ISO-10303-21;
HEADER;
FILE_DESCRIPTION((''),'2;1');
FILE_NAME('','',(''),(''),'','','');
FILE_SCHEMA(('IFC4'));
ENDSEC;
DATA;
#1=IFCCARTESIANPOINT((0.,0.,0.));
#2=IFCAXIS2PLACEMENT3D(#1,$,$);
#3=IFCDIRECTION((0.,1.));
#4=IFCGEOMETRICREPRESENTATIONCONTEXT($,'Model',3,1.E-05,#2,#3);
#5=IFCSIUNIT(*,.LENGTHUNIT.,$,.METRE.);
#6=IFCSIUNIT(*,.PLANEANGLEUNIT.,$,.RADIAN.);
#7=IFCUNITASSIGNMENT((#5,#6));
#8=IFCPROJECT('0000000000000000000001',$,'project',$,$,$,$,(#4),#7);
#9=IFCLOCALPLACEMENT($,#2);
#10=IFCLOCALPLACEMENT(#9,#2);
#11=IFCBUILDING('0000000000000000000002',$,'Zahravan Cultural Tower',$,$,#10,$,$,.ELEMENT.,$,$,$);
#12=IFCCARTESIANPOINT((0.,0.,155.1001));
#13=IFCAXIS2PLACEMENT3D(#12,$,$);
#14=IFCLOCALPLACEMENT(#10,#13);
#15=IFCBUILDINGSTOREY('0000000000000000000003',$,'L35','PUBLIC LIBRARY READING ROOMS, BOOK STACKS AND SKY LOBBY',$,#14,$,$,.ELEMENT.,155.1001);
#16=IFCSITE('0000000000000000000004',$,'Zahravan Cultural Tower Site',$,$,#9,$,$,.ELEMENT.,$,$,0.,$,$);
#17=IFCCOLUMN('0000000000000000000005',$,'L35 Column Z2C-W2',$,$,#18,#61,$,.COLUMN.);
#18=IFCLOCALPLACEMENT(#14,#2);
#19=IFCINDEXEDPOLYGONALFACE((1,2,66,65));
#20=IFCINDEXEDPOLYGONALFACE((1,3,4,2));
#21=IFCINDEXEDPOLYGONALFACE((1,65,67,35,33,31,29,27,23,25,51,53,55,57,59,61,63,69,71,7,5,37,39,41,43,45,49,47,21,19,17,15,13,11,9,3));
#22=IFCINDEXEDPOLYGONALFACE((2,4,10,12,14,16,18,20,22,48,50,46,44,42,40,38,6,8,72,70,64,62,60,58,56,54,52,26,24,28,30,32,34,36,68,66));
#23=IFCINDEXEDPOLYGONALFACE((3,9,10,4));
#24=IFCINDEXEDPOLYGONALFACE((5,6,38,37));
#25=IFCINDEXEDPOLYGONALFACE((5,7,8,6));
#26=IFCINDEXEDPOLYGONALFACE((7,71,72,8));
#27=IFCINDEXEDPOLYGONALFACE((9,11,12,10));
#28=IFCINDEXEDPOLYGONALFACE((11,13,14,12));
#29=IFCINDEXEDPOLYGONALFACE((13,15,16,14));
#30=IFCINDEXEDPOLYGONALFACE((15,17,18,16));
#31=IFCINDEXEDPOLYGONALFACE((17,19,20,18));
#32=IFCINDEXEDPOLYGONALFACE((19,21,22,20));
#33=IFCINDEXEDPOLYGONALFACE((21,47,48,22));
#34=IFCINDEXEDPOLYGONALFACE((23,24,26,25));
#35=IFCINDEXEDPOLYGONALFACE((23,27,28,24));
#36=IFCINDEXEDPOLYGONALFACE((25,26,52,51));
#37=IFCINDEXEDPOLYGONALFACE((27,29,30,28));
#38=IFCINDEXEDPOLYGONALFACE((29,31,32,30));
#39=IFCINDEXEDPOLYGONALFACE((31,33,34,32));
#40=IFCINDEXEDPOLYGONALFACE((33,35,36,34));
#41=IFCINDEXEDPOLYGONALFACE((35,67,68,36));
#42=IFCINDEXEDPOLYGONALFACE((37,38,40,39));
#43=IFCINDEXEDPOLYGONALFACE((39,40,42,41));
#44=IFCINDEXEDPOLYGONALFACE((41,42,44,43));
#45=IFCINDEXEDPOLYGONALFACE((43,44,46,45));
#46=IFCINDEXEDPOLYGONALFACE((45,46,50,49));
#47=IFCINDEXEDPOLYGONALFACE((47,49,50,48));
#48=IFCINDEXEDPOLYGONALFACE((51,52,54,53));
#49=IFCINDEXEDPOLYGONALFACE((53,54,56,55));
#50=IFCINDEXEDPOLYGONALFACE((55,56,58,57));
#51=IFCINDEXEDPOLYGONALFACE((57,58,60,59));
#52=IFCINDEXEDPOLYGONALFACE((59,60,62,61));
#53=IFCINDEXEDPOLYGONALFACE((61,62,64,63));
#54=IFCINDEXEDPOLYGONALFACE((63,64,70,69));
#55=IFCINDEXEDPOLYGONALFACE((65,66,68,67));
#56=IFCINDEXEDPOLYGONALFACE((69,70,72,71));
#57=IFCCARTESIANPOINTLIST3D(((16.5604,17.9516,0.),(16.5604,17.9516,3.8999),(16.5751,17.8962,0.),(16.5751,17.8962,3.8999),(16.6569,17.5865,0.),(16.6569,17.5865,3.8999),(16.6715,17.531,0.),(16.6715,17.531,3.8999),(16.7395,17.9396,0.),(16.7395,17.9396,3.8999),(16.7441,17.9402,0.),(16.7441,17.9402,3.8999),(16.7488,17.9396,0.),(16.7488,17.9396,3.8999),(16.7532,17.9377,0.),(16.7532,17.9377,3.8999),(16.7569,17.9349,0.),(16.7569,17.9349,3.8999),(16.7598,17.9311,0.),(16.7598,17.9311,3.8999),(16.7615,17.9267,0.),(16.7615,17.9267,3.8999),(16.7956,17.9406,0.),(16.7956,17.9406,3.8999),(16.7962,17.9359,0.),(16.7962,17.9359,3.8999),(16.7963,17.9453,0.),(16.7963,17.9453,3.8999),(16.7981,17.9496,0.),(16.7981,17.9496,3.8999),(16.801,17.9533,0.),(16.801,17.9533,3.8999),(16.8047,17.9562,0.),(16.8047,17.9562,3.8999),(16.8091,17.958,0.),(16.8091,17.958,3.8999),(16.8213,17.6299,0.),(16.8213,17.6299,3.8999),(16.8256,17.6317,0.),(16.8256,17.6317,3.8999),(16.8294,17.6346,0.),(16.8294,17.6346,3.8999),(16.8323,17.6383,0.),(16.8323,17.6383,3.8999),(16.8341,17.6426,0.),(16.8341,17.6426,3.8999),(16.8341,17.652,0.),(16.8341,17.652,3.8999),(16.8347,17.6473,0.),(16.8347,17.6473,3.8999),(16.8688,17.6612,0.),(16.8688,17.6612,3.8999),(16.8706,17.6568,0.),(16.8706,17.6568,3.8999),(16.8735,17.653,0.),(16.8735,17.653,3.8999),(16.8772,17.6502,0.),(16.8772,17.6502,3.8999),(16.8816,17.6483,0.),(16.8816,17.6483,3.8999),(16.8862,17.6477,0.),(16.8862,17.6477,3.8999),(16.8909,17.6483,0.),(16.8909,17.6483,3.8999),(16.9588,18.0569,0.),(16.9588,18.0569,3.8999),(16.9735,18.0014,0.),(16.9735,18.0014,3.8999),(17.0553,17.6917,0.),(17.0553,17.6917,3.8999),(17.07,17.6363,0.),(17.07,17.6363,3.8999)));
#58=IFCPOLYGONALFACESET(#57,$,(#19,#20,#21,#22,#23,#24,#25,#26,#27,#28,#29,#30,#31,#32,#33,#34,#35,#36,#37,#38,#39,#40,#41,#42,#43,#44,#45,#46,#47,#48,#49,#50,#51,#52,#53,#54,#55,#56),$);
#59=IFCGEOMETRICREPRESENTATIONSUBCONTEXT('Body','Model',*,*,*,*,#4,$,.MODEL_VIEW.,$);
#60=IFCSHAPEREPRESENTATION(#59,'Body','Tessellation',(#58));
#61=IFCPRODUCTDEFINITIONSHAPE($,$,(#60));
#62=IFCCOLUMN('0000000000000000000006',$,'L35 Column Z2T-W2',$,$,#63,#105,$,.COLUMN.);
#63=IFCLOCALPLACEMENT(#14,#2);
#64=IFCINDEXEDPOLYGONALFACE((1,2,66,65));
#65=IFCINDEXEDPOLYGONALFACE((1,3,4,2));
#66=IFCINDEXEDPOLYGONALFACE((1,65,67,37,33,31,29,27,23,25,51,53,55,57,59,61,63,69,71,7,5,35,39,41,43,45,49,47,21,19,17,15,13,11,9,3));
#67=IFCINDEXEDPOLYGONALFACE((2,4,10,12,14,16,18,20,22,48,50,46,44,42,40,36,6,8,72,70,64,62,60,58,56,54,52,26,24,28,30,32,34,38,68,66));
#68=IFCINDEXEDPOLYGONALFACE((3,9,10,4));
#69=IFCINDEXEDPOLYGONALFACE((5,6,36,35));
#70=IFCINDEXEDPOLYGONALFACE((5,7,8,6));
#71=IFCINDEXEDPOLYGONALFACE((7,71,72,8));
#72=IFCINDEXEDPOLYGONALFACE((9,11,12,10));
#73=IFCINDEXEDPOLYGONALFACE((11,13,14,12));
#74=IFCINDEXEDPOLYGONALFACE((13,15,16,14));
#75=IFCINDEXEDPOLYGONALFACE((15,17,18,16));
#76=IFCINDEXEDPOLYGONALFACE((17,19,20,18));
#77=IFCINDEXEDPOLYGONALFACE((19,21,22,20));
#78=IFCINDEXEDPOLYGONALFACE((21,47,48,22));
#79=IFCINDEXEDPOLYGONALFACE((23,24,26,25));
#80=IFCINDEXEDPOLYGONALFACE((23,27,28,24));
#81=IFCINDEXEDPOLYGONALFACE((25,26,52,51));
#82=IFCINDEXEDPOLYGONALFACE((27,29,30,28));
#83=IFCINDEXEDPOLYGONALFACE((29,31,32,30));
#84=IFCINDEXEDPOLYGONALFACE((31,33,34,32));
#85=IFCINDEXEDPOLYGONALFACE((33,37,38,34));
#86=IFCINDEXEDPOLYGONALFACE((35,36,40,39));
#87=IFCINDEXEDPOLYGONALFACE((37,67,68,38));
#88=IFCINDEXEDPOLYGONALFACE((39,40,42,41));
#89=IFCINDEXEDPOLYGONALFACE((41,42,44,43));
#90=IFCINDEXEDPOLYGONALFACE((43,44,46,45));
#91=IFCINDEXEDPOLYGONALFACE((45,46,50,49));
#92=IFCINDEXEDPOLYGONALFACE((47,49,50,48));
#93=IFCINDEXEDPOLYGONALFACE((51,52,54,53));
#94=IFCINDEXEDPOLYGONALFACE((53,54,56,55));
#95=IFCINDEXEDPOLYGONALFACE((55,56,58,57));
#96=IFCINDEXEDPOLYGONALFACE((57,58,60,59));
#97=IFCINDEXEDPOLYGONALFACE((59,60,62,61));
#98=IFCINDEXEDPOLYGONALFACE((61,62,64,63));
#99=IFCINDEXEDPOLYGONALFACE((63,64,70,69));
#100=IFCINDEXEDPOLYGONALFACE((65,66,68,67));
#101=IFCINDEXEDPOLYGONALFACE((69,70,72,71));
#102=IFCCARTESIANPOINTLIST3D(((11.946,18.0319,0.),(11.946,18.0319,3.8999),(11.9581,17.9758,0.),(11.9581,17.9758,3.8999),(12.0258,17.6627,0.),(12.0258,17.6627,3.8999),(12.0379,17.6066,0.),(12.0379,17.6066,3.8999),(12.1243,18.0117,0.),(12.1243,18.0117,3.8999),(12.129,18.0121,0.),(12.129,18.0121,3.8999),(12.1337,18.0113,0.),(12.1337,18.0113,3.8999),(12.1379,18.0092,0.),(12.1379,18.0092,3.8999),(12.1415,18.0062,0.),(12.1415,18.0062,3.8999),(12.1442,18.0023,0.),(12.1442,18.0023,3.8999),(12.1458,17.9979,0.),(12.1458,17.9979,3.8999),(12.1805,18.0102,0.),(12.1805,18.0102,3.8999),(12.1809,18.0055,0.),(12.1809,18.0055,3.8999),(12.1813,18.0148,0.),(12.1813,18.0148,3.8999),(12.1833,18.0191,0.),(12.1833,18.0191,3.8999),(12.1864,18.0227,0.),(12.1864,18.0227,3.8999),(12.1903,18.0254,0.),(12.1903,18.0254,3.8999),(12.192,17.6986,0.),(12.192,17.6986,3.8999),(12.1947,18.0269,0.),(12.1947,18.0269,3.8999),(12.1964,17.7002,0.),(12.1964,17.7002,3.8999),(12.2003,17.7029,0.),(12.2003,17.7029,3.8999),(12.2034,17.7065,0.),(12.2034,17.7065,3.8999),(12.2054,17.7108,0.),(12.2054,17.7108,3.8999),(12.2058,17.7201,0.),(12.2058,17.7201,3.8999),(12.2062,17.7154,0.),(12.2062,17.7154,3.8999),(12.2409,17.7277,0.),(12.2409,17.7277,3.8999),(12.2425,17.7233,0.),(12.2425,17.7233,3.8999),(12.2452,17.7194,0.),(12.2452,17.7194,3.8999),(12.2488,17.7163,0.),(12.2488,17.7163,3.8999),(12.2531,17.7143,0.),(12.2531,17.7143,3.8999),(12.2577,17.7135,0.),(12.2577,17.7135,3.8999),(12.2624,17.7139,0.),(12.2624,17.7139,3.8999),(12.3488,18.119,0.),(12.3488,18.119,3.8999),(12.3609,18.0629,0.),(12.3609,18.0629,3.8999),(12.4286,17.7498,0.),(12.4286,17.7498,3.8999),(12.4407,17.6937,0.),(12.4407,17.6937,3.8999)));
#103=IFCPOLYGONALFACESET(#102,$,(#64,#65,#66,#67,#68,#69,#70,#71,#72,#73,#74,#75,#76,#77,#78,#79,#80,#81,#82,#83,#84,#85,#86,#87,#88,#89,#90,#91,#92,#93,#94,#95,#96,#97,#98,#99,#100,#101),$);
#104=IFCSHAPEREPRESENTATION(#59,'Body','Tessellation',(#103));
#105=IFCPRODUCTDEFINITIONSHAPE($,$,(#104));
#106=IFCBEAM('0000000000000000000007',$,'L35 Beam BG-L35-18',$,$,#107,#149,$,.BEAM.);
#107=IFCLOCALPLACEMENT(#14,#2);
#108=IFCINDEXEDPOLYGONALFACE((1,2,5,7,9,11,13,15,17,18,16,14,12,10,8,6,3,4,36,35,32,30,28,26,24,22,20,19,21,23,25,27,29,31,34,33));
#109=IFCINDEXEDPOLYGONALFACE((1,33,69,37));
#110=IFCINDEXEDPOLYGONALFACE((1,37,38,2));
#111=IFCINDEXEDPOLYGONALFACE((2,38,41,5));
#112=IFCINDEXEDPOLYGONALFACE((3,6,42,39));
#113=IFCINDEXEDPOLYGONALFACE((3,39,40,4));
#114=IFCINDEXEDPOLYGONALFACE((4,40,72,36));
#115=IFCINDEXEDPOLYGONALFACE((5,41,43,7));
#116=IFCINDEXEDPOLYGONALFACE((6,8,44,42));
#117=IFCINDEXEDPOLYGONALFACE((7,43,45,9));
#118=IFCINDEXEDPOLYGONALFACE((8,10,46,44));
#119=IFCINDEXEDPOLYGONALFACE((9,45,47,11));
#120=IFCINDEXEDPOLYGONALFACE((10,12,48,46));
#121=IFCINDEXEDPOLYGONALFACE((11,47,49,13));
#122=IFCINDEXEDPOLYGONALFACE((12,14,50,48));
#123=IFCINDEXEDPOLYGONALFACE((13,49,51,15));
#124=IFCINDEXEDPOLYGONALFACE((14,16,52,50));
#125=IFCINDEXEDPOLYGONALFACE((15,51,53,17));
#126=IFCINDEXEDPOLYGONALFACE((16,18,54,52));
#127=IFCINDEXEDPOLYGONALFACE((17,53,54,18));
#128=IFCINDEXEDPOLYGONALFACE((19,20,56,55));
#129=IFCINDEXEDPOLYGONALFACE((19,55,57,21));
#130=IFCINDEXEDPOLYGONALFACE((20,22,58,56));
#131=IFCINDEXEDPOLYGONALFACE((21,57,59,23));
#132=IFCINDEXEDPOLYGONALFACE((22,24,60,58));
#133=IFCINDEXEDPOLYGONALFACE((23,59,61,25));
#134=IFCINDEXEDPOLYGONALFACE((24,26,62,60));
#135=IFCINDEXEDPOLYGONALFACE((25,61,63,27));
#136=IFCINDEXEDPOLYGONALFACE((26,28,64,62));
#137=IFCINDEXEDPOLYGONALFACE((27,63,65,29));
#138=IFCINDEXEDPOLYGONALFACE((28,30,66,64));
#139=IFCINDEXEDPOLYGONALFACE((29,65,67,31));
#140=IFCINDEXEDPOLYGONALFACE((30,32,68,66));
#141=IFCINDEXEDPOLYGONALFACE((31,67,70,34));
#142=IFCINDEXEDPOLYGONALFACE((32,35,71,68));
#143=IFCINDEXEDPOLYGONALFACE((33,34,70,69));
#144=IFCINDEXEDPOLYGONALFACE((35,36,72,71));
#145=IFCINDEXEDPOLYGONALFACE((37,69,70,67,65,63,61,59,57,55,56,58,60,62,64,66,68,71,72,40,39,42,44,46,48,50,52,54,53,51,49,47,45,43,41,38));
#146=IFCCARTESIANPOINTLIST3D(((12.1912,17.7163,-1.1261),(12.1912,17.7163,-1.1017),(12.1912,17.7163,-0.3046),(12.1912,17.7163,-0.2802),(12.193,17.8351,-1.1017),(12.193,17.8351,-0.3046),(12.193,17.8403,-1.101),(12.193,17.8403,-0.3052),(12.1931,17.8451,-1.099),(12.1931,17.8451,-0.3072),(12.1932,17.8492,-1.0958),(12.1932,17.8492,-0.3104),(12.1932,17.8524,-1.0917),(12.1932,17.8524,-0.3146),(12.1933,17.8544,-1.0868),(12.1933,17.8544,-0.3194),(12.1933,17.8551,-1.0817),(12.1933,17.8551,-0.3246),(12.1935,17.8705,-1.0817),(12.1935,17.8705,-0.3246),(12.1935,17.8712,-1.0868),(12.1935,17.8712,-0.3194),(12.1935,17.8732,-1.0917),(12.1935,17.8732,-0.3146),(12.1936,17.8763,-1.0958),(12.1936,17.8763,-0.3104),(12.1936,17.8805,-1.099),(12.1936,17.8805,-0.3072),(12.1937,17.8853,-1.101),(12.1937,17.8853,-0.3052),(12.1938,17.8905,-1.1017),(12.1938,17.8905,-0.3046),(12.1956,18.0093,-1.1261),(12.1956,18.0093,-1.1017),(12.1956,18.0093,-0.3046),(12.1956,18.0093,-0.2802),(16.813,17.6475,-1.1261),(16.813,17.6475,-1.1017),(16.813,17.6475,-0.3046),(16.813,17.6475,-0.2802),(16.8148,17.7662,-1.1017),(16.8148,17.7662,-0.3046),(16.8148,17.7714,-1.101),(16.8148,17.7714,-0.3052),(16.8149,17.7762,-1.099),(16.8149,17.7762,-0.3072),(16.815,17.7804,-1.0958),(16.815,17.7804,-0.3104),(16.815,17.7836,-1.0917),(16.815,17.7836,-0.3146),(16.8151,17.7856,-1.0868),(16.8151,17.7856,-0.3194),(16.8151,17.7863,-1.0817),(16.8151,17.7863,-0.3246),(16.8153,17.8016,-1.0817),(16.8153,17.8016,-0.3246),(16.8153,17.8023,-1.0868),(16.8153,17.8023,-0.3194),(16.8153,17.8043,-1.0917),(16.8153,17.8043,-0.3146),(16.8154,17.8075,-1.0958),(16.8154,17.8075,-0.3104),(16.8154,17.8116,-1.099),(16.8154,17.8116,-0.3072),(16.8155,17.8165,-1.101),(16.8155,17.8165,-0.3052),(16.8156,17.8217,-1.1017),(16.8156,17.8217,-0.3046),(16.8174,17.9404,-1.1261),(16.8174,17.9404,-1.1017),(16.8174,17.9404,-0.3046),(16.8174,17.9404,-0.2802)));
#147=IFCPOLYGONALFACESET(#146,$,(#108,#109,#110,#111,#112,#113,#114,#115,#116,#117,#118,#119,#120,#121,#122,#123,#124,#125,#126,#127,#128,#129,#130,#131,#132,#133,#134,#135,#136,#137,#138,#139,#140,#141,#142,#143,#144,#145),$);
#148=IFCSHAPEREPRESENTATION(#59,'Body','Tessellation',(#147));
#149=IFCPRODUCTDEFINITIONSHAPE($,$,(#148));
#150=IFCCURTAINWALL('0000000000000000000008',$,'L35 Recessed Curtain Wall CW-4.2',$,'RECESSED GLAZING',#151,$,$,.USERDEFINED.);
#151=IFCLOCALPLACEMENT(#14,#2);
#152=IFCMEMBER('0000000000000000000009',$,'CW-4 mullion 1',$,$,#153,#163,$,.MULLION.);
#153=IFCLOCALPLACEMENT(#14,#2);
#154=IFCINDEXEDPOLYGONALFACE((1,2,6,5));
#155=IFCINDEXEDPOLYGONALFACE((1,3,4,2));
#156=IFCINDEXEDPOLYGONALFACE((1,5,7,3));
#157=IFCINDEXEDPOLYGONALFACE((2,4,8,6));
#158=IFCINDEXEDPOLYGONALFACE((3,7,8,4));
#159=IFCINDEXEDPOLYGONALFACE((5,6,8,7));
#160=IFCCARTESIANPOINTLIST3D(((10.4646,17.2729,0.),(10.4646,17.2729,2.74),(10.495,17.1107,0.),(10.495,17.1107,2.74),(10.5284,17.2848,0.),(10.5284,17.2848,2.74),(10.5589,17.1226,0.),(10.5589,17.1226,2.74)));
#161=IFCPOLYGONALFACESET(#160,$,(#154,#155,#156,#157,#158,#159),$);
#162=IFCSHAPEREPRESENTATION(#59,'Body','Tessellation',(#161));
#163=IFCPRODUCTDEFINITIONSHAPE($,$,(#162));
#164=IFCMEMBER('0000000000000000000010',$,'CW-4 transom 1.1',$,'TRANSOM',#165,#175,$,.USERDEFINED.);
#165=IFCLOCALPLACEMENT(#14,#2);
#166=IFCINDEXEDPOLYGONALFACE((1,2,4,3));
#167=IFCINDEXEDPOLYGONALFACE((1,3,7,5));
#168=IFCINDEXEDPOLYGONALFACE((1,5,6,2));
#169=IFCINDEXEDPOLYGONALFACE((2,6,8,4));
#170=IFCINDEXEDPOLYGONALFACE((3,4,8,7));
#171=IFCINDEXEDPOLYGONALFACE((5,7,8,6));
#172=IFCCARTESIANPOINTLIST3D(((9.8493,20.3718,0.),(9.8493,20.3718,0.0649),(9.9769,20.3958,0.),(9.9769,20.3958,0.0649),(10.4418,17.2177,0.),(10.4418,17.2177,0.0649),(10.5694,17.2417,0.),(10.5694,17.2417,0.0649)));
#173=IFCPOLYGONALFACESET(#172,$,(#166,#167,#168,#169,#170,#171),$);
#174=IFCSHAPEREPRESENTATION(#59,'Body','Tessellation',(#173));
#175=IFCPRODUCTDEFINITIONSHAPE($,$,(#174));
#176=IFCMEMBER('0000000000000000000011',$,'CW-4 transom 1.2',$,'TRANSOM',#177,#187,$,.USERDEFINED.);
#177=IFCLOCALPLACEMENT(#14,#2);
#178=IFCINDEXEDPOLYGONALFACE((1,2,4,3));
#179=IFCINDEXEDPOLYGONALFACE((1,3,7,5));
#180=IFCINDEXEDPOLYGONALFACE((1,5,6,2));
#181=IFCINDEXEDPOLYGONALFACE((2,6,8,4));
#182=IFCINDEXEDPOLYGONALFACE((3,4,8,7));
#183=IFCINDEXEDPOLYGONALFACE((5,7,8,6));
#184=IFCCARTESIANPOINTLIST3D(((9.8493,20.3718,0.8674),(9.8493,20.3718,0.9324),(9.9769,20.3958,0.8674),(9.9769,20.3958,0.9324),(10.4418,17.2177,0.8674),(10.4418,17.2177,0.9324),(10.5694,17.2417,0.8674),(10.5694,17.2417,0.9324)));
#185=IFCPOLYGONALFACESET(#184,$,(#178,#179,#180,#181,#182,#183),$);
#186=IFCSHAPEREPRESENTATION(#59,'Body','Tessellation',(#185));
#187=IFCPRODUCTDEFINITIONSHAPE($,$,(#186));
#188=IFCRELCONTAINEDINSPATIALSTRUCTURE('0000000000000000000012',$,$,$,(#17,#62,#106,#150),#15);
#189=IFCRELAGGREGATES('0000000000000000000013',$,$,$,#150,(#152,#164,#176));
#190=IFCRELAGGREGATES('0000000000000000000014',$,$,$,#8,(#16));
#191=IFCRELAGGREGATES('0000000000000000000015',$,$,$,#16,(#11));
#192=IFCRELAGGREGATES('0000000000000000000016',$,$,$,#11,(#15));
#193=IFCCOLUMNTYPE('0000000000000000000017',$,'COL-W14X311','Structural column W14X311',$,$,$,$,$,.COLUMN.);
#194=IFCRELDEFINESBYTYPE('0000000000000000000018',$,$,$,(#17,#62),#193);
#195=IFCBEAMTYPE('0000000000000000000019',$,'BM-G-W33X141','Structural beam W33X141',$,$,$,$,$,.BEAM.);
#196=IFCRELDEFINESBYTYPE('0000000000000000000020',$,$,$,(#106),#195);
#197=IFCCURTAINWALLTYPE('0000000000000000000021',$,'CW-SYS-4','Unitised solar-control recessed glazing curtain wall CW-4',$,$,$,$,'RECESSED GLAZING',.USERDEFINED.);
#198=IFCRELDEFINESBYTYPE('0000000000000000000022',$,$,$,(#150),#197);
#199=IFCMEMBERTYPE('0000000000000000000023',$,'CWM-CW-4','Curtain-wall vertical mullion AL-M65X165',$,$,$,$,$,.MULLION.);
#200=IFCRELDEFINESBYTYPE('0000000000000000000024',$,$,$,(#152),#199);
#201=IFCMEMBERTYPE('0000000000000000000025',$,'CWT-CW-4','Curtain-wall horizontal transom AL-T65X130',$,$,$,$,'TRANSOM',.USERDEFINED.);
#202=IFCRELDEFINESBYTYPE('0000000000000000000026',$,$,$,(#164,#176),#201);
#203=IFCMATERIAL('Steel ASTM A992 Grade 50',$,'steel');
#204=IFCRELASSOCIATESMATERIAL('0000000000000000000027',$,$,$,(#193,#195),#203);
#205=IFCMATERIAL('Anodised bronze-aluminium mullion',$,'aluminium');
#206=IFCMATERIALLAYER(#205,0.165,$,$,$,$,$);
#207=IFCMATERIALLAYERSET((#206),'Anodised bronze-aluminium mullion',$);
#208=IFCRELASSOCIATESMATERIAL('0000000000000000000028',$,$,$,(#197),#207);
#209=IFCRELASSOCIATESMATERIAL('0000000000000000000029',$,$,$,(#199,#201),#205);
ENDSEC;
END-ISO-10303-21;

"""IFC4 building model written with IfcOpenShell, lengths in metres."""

from ifc_helpers import new_model, si_unit, direction, frame, origin, origin_2d, place, context, subcontext, project, spatial, rectangle, i_section, extrude, source, transform, mapped, material, layer, layer_set, material_profile, profile_set, type_object, element, aggregate, save


model = new_model("IFC4")

# Units and contexts
model_context = context("Model", 3, precision=1e-05, world=origin(), true_north=direction((0.0, 1.0)))
body_context = subcontext(model_context, "Body", "Model", "MODEL_VIEW")
ifc_project = project(units=[si_unit("LENGTHUNIT", "METRE"), si_unit("PLANEANGLEUNIT", "RADIAN")], contexts=[model_context])

# Site, building, storey
site_placement = place(None, origin())
site = spatial("IfcSite", under=ifc_project, at=site_placement, Name="Zahravan Cultural Tower Site", CompositionType="ELEMENT", RefElevation=0.0)
building_placement = place(site_placement, origin())
building = spatial("IfcBuilding", under=site, at=building_placement, Name="Zahravan Cultural Tower", CompositionType="ELEMENT")
storey_placement = place(building_placement, frame((0.0, 0.0, 155.1001)))
storey = spatial("IfcBuildingStorey", under=building, at=storey_placement, Name="L35", Description="PUBLIC LIBRARY READING ROOMS, BOOK STACKS AND SKY LOBBY", CompositionType="ELEMENT", Elevation=155.1001)

# Columns
ifc_material_1 = material(Name="Steel ASTM A992 Grade 50", Category="steel")
ifc_material_profile_1 = material_profile(ifc_material_1, i_section(OverallWidth=0.4121, OverallDepth=0.4351, WebThickness=0.0359, FlangeThickness=0.0574, FilletRadius=0.0181, at=origin_2d()), Name="W14X311")
ifc_profile_set_1 = profile_set([ifc_material_profile_1], Name="Steel ASTM A992 Grade 50")
column_type = type_object("IfcColumnType", Name="COL-W14X311", Description="Structural column W14X311", PredefinedType="COLUMN", material=ifc_profile_set_1)
shared_shape_1 = source(origin(), body_context, "Body", "SweptSolid", [
    extrude(i_section(OverallWidth=0.4121, OverallDepth=0.4351, WebThickness=0.0359, FlangeThickness=0.0574, FilletRadius=0.0181, at=origin_2d()), origin(), (0.0, 0.0, 1.0), 3.8999),
])
for number, where, z_axis, x_axis, name in (
    (1, (16.8152, 17.7939, 0.0), (0.0, 0.0, 1.0), (0.966823, 0.255446, 0.0), "L35 Column Z2C-W2"),
    (2, (12.1934, 17.8628, 0.0), (0.0, 0.0, 1.0), (0.977416, 0.211325, 0.0), "L35 Column Z2T-W2"),
):
    element("IfcColumn", number, at=place(storey_placement, frame(where, z_axis=z_axis, x_axis=x_axis)), inside=storey, type_object=column_type, Name=name, PredefinedType="COLUMN", context=body_context, shape_type="MappedRepresentation", body=[
        mapped(shared_shape_1, transform((0.0, 0.0, 0.0), x_axis=(1.0, 0.0, 0.0), y_axis=(0.0, 1.0, 0.0), z_axis=(0.0, 0.0, 1.0), scale=1.0)),
    ])

# Beam
ifc_material_profile_2 = material_profile(ifc_material_1, i_section(OverallWidth=0.293, OverallDepth=0.8459, WebThickness=0.0154, FlangeThickness=0.0244, FilletRadius=0.02, at=origin_2d()), Name="W33X141")
ifc_profile_set_2 = profile_set([ifc_material_profile_2], Name="Steel ASTM A992 Grade 50")
beam_type = type_object("IfcBeamType", Name="BM-G-W33X141", Description="Structural beam W33X141", PredefinedType="BEAM", material=ifc_profile_set_2)
shared_shape_2 = source(origin(), body_context, "Body", "SweptSolid", [
    extrude(i_section(OverallWidth=0.293, OverallDepth=0.8459, WebThickness=0.0154, FlangeThickness=0.0244, FilletRadius=0.02, at=origin_2d()), origin(), (0.0, 0.0, 1.0), 4.6223),
])
beam_placement = place(storey_placement, frame((16.8152, 17.7939, -0.7031), z_axis=(-0.999889, 0.014895, 0.0), x_axis=(-0.014895, -0.999889, 0.0)))
element("IfcBeam", 3, at=beam_placement, inside=storey, type_object=beam_type, Name="L35 Beam BG-L35-18", PredefinedType="BEAM", context=body_context, shape_type="MappedRepresentation", body=[
    mapped(shared_shape_2, transform((0.0, 0.0, 0.0), x_axis=(1.0, 0.0, 0.0), y_axis=(0.0, 1.0, 0.0), z_axis=(0.0, 0.0, 1.0), scale=1.0)),
])

# Curtain wall, members
ifc_material_2 = material(Name="Anodised bronze-aluminium mullion", Category="aluminium")
ifc_layer_1 = layer(ifc_material_2, 0.165)
ifc_layer_set_1 = layer_set([ifc_layer_1], Name="Anodised bronze-aluminium mullion")
curtain_wall_type = type_object("IfcCurtainWallType", Name="CW-SYS-4", Description="Unitised solar-control recessed glazing curtain wall CW-4", ElementType="RECESSED GLAZING", PredefinedType="USERDEFINED", material=ifc_layer_set_1)
curtain_wall_placement = place(storey_placement, origin())
curtain_wall = element("IfcCurtainWall", 4, at=curtain_wall_placement, inside=storey, type_object=curtain_wall_type, Name="L35 Recessed Curtain Wall CW-4.2", ObjectType="RECESSED GLAZING", PredefinedType="USERDEFINED")
ifc_material_profile_3 = material_profile(ifc_material_2, rectangle(XDim=0.0649, YDim=0.165, at=origin_2d()), Name="AL-M65X165")
ifc_profile_set_3 = profile_set([ifc_material_profile_3], Name="Anodised bronze-aluminium mullion")
member_type_1 = type_object("IfcMemberType", Name="CWM-CW-4", Description="Curtain-wall vertical mullion AL-M65X165", PredefinedType="MULLION", material=ifc_profile_set_3)
shared_shape_3 = source(origin(), body_context, "Body", "SweptSolid", [
    extrude(rectangle(XDim=0.0649, YDim=0.165, at=origin_2d()), origin(), (0.0, 0.0, 1.0), 2.74),
])
member_1_placement = place(storey_placement, frame((10.5117, 17.1978, 0.0), z_axis=(0.0, 0.0, 1.0), x_axis=(-0.982807, -0.184638, 0.0)))
member_1 = element("IfcMember", 5, at=member_1_placement, type_object=member_type_1, Name="CW-4 mullion 1", PredefinedType="MULLION", context=body_context, shape_type="MappedRepresentation", body=[
    mapped(shared_shape_3, transform((0.0, 0.0, 0.0), x_axis=(1.0, 0.0, 0.0), y_axis=(0.0, 1.0, 0.0), z_axis=(0.0, 0.0, 1.0), scale=1.0)),
])
ifc_material_profile_4 = material_profile(ifc_material_2, rectangle(XDim=0.1299, YDim=0.0649, at=origin_2d()), Name="AL-T65X130")
ifc_profile_set_4 = profile_set([ifc_material_profile_4], Name="Anodised bronze-aluminium mullion")
member_type_2 = type_object("IfcMemberType", Name="CWT-CW-4", Description="Curtain-wall horizontal transom AL-T65X130", ElementType="TRANSOM", PredefinedType="USERDEFINED", material=ifc_profile_set_4)
shared_shape_4 = source(origin(), body_context, "Body", "SweptSolid", [
    extrude(rectangle(XDim=0.1299, YDim=0.0649, at=origin_2d()), origin(), (0.0, 0.0, 1.0), 3.2092),
])
member_2_placement = place(storey_placement, frame((10.5056, 17.2297, 0.0325), z_axis=(-0.184633, 0.982808, 0.0), x_axis=(-0.982808, -0.184633, 0.0)))
member_2 = element("IfcMember", 6, at=member_2_placement, type_object=member_type_2, Name="CW-4 transom 1.1", ObjectType="TRANSOM", PredefinedType="USERDEFINED", context=body_context, shape_type="MappedRepresentation", body=[
    mapped(shared_shape_4, transform((0.0, 0.0, 0.0), x_axis=(1.0, 0.0, 0.0), y_axis=(0.0, 1.0, 0.0), z_axis=(0.0, 0.0, 1.0), scale=1.0)),
])
member_3_placement = place(storey_placement, frame((10.5056, 17.2297, 0.8999), z_axis=(-0.184633, 0.982808, 0.0), x_axis=(-0.982808, -0.184633, 0.0)))
member_3 = element("IfcMember", 7, at=member_3_placement, type_object=member_type_2, Name="CW-4 transom 1.2", ObjectType="TRANSOM", PredefinedType="USERDEFINED", context=body_context, shape_type="MappedRepresentation", body=[
    mapped(shared_shape_4, transform((0.0, 0.0, 0.0), x_axis=(1.0, 0.0, 0.0), y_axis=(0.0, 1.0, 0.0), z_axis=(0.0, 0.0, 1.0), scale=1.0)),
])

aggregate(curtain_wall, [member_1, member_2, member_3])

save(model, "model.ifc")
